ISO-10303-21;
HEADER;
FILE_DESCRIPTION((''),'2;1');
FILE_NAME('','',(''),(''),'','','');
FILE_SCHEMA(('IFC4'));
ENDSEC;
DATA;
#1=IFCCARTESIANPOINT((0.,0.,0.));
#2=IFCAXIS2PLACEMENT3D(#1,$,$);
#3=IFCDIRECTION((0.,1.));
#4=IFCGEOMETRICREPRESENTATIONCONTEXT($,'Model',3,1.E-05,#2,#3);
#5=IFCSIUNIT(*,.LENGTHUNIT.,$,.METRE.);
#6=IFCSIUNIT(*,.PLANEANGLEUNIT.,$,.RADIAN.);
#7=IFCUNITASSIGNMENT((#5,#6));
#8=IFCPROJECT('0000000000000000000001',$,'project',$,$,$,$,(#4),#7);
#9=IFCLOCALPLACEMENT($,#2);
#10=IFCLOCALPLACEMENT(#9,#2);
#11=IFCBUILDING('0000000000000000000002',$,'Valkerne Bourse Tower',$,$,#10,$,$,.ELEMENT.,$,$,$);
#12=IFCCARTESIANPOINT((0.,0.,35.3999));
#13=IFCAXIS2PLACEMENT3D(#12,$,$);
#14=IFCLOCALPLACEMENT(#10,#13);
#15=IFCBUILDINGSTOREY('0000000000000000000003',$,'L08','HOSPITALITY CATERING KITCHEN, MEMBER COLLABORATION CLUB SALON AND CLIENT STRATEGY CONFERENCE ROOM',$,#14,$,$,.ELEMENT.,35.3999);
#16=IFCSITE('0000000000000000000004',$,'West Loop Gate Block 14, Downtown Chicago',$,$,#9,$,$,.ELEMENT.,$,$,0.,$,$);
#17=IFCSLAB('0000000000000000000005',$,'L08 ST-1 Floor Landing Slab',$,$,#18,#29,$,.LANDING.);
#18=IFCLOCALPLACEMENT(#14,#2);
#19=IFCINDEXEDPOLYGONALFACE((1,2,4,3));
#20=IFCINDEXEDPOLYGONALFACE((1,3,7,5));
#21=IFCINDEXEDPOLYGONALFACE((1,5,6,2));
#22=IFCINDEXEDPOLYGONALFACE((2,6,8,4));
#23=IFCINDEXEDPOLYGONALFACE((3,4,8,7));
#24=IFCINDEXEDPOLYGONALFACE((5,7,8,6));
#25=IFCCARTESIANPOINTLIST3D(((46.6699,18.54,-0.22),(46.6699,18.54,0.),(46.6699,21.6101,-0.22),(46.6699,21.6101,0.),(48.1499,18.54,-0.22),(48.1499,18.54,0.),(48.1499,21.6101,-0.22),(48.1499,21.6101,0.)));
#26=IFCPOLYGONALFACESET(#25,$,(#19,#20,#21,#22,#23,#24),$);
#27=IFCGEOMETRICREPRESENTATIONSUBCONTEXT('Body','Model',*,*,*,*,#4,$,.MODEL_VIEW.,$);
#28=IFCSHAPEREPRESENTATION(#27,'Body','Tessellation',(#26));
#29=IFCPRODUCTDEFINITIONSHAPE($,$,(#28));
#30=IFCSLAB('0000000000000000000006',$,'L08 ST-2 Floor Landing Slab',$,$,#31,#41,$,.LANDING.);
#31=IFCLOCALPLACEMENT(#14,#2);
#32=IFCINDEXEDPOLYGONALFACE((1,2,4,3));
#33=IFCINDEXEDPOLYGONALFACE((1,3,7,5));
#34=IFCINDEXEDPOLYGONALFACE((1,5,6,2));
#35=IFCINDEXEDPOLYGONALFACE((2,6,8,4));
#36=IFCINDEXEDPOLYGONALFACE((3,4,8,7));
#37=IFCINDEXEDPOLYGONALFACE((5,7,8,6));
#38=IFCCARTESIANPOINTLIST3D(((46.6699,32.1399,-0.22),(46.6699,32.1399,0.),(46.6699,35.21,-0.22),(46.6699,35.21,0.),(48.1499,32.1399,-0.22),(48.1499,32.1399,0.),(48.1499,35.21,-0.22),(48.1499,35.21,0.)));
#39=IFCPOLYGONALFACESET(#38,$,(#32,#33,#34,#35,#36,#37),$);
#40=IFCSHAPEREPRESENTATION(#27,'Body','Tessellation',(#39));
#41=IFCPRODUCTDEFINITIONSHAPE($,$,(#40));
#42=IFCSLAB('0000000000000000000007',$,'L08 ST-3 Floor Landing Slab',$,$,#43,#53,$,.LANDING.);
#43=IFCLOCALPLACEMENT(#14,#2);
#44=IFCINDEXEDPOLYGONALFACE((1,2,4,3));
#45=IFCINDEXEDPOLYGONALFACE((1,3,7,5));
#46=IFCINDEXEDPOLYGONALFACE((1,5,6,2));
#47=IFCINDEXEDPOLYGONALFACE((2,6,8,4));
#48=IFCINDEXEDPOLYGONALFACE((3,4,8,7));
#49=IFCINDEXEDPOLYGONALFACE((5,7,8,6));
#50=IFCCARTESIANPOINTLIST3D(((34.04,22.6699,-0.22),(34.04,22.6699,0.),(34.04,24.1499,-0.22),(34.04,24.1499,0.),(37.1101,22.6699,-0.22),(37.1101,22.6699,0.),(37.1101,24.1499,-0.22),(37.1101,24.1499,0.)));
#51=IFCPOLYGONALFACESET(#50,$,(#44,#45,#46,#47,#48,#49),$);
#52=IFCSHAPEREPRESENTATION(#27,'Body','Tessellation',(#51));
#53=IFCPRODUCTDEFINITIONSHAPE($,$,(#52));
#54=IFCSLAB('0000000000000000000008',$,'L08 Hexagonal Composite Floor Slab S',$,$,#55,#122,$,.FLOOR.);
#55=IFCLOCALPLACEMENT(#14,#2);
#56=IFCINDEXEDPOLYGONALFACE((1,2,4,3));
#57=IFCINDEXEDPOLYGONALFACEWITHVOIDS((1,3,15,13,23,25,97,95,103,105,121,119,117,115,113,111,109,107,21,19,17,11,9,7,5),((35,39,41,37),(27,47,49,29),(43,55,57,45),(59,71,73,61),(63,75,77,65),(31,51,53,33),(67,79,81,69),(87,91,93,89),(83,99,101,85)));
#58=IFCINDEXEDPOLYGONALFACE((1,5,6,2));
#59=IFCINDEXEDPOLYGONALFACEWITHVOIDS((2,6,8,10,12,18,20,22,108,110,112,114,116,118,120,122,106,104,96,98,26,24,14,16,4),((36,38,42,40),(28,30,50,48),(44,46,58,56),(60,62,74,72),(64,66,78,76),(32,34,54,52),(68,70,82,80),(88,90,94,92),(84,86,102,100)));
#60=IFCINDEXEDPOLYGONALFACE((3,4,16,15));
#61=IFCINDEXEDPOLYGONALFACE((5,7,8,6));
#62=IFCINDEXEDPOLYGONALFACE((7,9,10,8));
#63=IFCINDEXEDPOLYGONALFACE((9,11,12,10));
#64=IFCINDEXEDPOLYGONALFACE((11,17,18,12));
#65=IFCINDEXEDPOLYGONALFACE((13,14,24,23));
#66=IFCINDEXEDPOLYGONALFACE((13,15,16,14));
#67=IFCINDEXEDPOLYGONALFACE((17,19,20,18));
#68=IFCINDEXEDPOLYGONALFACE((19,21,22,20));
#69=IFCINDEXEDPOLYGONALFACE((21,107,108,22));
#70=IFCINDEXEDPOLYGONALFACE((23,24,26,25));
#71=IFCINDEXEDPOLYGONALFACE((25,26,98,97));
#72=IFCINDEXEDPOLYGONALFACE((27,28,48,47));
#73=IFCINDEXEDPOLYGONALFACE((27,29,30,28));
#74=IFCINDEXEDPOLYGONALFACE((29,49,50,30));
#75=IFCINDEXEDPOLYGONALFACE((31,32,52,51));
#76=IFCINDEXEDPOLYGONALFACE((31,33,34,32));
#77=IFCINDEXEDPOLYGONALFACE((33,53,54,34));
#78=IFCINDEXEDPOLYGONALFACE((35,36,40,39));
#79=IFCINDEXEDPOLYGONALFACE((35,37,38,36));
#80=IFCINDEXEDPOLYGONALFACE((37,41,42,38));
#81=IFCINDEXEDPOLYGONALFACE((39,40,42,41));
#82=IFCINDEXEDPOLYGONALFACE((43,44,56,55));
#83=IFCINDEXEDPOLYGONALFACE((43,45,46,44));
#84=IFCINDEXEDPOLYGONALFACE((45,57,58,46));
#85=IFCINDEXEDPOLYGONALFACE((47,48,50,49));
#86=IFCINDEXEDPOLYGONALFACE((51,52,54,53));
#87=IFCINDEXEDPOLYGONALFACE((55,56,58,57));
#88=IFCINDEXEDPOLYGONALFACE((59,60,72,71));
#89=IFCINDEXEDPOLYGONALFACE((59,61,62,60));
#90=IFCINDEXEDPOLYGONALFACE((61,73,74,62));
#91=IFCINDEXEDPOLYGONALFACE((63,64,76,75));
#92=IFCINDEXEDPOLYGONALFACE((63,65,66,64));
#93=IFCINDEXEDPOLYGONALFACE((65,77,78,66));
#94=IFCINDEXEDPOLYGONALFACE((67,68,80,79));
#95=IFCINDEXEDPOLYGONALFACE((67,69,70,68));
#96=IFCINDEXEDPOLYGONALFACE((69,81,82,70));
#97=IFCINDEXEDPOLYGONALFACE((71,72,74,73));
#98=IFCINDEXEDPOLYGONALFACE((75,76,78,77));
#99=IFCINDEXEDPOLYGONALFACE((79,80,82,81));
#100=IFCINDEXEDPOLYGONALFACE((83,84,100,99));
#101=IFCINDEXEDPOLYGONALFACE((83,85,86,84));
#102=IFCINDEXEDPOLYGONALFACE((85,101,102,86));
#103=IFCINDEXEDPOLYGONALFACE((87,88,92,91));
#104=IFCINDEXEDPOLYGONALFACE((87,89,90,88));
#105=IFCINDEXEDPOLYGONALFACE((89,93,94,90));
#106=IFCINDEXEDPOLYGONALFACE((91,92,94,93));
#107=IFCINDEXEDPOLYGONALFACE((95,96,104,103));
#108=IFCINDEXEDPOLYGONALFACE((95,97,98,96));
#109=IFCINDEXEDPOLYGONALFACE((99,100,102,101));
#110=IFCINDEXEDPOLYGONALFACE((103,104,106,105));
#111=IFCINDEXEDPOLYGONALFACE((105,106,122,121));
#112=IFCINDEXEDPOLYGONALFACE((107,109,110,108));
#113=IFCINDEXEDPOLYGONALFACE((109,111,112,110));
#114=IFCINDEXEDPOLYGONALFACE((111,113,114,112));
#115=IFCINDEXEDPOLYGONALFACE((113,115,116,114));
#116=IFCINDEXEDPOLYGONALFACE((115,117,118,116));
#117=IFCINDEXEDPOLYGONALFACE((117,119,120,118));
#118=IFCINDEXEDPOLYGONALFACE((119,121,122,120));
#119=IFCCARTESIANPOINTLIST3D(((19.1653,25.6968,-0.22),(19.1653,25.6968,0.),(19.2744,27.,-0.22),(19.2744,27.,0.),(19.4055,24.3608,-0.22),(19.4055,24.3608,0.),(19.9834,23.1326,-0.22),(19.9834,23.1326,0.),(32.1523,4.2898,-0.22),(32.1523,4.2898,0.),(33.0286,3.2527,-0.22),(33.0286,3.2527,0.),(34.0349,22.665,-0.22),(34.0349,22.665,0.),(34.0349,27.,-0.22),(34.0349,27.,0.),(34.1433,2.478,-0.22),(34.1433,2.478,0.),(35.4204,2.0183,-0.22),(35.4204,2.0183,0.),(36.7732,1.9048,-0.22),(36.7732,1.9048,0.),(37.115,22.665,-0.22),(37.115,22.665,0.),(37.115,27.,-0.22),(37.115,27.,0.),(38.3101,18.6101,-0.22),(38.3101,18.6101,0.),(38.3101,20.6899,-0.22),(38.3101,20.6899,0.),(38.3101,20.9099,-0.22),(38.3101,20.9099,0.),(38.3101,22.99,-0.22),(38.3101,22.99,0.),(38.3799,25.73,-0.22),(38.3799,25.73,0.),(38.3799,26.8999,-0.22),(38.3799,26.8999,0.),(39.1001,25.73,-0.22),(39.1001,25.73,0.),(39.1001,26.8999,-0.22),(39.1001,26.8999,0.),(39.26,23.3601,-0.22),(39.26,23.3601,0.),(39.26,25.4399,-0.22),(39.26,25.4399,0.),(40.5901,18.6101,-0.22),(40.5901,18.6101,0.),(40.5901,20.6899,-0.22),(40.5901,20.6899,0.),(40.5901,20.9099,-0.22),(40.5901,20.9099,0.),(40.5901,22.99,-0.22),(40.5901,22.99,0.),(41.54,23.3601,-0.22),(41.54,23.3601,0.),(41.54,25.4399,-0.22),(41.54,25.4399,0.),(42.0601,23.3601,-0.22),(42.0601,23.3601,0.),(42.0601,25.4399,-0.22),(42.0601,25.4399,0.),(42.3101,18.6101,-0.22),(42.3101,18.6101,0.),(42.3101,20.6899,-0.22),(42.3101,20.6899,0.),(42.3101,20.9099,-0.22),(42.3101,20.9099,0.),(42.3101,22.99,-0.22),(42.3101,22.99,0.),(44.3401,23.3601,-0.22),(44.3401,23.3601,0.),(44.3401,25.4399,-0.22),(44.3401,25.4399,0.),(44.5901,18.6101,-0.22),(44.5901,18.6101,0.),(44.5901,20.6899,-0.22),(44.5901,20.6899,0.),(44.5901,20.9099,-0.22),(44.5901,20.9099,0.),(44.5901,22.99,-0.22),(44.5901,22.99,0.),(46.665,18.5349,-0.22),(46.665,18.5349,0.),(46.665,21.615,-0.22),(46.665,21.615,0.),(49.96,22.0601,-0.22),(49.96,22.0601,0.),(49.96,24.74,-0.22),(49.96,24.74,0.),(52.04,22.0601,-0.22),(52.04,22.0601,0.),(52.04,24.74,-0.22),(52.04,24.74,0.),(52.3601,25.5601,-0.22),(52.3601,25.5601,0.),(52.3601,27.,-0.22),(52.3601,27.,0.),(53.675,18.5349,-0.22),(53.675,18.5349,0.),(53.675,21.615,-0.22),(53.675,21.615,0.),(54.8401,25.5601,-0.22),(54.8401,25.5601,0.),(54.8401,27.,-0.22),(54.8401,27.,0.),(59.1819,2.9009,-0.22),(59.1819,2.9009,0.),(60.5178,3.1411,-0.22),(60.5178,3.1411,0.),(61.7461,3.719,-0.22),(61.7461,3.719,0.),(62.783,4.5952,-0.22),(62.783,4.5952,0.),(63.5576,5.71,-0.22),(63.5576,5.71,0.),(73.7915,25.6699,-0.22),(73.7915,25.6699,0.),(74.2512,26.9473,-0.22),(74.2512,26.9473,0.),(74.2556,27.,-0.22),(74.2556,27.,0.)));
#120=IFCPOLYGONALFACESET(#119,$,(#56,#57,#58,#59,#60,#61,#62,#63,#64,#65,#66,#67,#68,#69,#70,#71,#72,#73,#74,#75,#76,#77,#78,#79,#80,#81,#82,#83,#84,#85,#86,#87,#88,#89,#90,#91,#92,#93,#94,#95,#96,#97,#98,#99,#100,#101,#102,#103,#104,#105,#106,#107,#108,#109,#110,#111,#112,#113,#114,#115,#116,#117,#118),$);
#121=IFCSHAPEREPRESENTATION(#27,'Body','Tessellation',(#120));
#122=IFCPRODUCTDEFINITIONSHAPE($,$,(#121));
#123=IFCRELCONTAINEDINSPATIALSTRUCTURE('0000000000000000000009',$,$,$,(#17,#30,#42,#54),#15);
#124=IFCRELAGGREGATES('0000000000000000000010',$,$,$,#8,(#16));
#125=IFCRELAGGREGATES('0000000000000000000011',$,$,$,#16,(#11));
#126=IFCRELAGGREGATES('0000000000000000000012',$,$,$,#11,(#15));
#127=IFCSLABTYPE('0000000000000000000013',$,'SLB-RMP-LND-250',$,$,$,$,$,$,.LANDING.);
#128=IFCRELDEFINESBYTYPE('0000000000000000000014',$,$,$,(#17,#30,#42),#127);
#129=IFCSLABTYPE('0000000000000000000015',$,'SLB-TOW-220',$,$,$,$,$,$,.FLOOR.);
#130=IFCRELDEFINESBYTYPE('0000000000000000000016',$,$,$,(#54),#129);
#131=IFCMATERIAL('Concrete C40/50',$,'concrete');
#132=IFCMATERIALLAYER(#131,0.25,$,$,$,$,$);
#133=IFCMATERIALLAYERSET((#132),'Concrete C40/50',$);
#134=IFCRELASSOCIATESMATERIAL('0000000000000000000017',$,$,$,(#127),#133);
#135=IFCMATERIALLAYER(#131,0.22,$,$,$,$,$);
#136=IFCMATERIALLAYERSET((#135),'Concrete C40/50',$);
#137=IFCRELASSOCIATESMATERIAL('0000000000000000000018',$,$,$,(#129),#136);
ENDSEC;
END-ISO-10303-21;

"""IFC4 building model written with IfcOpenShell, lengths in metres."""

from ifc_helpers import new_model, si_unit, direction, frame, origin, place, context, subcontext, project, spatial, polyline, outline, extrude, material, layer, layer_set, type_object, element, save


model = new_model("IFC4")

# Units and contexts
model_context = context("Model", 3, precision=1e-05, world=origin(), true_north=direction((0.0, 1.0)))
body_context = subcontext(model_context, "Body", "Model", "MODEL_VIEW")
ifc_project = project(units=[si_unit("LENGTHUNIT", "METRE"), si_unit("PLANEANGLEUNIT", "RADIAN")], contexts=[model_context])

# Site, building, storey
site_placement = place(None, origin())
site = spatial("IfcSite", under=ifc_project, at=site_placement, Name="West Loop Gate Block 14, Downtown Chicago", CompositionType="ELEMENT", RefElevation=0.0)
building_placement = place(site_placement, origin())
building = spatial("IfcBuilding", under=site, at=building_placement, Name="Valkerne Bourse Tower", CompositionType="ELEMENT")
storey_placement = place(building_placement, frame((0.0, 0.0, 35.3999)))
storey = spatial("IfcBuildingStorey", under=building, at=storey_placement, Name="L08", Description="HOSPITALITY CATERING KITCHEN, MEMBER COLLABORATION CLUB SALON AND CLIENT STRATEGY CONFERENCE ROOM", CompositionType="ELEMENT", Elevation=35.3999)

# Slabs
ifc_material_1 = material(Name="Concrete C40/50", Category="concrete")
ifc_layer_1 = layer(ifc_material_1, 0.25)
ifc_layer_set_1 = layer_set([ifc_layer_1], Name="Concrete C40/50")
slab_type_1 = type_object("IfcSlabType", Name="SLB-RMP-LND-250", PredefinedType="LANDING", material=ifc_layer_set_1)
slab_1_placement = place(storey_placement, frame((0.0, 0.0, -0.22)))
element("IfcSlab", 1, at=slab_1_placement, inside=storey, type_object=slab_type_1, Name="L08 ST-1 Floor Landing Slab", PredefinedType="LANDING", context=body_context, shape_type="SweptSolid", body=[
    extrude(outline(polyline([(46.6699, 18.54), (48.1499, 18.54), (48.1499, 21.6101), (46.6699, 21.6101), (46.6699, 18.54)])), origin(), (0.0, 0.0, 1.0), 0.22),
])
slab_2_placement = place(storey_placement, frame((0.0, 0.0, -0.22)))
element("IfcSlab", 2, at=slab_2_placement, inside=storey, type_object=slab_type_1, Name="L08 ST-2 Floor Landing Slab", PredefinedType="LANDING", context=body_context, shape_type="SweptSolid", body=[
    extrude(outline(polyline([(46.6699, 32.1399), (48.1499, 32.1399), (48.1499, 35.21), (46.6699, 35.21), (46.6699, 32.1399)])), origin(), (0.0, 0.0, 1.0), 0.22),
])
slab_3_placement = place(storey_placement, frame((0.0, 0.0, -0.22)))
element("IfcSlab", 3, at=slab_3_placement, inside=storey, type_object=slab_type_1, Name="L08 ST-3 Floor Landing Slab", PredefinedType="LANDING", context=body_context, shape_type="SweptSolid", body=[
    extrude(outline(polyline([(37.1101, 22.6699), (37.1101, 24.1499), (34.04, 24.1499), (34.04, 22.6699), (37.1101, 22.6699)])), origin(), (0.0, 0.0, 1.0), 0.22),
])
ifc_layer_2 = layer(ifc_material_1, 0.22)
ifc_layer_set_2 = layer_set([ifc_layer_2], Name="Concrete C40/50")
slab_type_2 = type_object("IfcSlabType", Name="SLB-TOW-220", PredefinedType="FLOOR", material=ifc_layer_set_2)
slab_4_placement = place(storey_placement, frame((0.0, 0.0, -0.22)))
element("IfcSlab", 4, at=slab_4_placement, inside=storey, type_object=slab_type_2, Name="L08 Hexagonal Composite Floor Slab S", PredefinedType="FLOOR", context=body_context, shape_type="SweptSolid", body=[
    extrude(outline(polyline([(62.783, 4.5952), (61.7461, 3.719), (60.5178, 3.1411), (59.1819, 2.9009), (36.7732, 1.9048), (35.4204, 2.0183), (34.1433, 2.478), (33.0286, 3.2527), (32.1523, 4.2898), (19.9834, 23.1326), (19.4055, 24.3608), (19.1653, 25.6968), (19.2744, 27.0), (34.0349, 27.0), (34.0349, 22.665), (37.115, 22.665), (37.115, 27.0), (52.3601, 27.0), (52.3601, 25.5601), (54.8401, 25.5601), (54.8401, 27.0), (74.2556, 27.0), (74.2512, 26.9473), (73.7915, 25.6699), (63.5576, 5.71), (62.783, 4.5952)]), holes=[polyline([(40.5901, 20.6899), (38.3101, 20.6899), (38.3101, 18.6101), (40.5901, 18.6101), (40.5901, 20.6899)]), polyline([(40.5901, 22.99), (38.3101, 22.99), (38.3101, 20.9099), (40.5901, 20.9099), (40.5901, 22.99)]), polyline([(41.54, 25.4399), (39.26, 25.4399), (39.26, 23.3601), (41.54, 23.3601), (41.54, 25.4399)]), polyline([(39.1001, 25.73), (39.1001, 26.8999), (38.3799, 26.8999), (38.3799, 25.73), (39.1001, 25.73)]), polyline([(44.5901, 20.6899), (42.3101, 20.6899), (42.3101, 18.6101), (44.5901, 18.6101), (44.5901, 20.6899)]), polyline([(53.675, 21.615), (46.665, 21.615), (46.665, 18.5349), (53.675, 18.5349), (53.675, 21.615)]), polyline([(44.5901, 22.99), (42.3101, 22.99), (42.3101, 20.9099), (44.5901, 20.9099), (44.5901, 22.99)]), polyline([(52.04, 22.0601), (52.04, 24.74), (49.96, 24.74), (49.96, 22.0601), (52.04, 22.0601)]), polyline([(44.3401, 23.3601), (44.3401, 25.4399), (42.0601, 25.4399), (42.0601, 23.3601), (44.3401, 23.3601)])]), origin(), (0.0, 0.0, 1.0), 0.22),
])

save(model, "model.ifc")
